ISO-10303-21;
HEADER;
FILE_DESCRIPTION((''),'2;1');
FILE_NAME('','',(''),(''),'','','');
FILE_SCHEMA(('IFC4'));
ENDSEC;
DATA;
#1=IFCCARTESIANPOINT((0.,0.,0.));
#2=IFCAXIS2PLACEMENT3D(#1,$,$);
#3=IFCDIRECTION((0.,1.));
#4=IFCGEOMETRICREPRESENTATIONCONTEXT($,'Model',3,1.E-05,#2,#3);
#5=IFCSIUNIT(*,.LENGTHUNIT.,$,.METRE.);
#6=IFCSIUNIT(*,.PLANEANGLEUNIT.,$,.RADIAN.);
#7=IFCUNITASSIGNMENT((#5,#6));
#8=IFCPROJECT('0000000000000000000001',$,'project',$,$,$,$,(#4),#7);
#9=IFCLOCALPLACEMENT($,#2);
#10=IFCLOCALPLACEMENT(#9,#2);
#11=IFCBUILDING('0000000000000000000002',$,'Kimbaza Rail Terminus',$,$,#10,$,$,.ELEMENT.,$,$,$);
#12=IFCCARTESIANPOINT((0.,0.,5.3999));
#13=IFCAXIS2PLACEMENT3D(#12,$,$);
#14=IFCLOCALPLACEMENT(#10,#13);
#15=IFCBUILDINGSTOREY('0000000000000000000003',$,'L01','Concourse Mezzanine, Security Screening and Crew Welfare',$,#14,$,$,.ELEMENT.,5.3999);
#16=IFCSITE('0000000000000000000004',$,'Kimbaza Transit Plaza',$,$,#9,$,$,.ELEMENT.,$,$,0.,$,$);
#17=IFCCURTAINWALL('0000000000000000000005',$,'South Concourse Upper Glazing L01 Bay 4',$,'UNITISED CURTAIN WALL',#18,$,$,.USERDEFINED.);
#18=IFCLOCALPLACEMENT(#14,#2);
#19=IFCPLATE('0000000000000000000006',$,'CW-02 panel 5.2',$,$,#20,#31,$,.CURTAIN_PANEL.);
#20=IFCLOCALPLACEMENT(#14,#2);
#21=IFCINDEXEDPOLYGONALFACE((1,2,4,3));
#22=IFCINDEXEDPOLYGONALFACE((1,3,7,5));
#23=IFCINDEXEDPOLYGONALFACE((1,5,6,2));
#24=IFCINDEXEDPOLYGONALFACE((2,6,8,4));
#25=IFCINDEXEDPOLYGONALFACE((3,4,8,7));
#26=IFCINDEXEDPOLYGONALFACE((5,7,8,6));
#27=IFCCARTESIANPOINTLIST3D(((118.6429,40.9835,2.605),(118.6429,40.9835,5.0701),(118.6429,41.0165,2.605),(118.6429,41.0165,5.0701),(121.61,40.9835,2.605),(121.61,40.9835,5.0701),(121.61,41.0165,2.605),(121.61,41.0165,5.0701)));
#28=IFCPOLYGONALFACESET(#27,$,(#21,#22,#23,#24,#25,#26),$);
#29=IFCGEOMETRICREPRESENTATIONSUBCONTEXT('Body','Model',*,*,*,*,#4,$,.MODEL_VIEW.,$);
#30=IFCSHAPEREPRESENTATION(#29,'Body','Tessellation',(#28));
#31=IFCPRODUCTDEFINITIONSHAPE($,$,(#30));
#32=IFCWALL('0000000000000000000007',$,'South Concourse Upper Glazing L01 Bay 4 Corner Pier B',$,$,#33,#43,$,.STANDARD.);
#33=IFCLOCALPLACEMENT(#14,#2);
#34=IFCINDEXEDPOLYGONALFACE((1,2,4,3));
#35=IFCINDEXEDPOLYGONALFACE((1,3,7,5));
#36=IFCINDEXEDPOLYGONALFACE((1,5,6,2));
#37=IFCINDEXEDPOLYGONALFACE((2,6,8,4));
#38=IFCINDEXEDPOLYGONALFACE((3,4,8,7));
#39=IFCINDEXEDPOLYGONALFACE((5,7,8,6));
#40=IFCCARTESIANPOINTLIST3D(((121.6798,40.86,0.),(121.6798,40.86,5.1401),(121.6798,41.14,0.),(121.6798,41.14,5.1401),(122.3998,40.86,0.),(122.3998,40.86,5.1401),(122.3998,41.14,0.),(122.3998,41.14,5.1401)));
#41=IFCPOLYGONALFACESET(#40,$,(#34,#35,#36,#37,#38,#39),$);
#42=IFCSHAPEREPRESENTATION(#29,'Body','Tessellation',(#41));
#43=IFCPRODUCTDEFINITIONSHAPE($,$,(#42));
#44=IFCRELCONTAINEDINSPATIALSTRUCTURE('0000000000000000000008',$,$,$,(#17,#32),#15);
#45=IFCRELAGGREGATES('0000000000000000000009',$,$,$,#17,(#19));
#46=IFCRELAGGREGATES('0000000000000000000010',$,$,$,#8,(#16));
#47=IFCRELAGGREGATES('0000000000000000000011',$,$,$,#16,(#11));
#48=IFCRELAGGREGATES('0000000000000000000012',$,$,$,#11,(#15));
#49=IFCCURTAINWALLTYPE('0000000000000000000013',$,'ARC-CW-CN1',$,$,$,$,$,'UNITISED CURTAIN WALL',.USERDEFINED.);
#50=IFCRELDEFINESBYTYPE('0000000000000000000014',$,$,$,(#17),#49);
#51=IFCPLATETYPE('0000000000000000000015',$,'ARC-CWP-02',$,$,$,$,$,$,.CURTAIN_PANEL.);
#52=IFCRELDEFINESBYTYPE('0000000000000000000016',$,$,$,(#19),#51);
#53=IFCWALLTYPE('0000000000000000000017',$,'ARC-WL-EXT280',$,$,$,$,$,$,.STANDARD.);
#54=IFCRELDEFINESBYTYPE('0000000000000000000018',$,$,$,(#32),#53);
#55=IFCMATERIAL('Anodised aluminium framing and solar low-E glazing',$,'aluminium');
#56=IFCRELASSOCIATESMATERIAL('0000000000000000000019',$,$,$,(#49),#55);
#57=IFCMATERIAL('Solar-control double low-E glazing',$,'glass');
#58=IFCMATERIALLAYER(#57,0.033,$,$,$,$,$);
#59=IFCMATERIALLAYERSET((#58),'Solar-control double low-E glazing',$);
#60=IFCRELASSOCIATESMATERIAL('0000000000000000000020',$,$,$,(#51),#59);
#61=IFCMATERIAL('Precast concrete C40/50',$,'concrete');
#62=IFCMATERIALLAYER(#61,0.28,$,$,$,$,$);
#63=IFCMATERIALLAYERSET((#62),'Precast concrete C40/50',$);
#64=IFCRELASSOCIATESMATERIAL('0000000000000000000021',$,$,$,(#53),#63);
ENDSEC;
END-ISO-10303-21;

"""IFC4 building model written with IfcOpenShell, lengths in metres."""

from ifc_helpers import new_model, si_unit, direction, frame, frame_2d, origin, origin_2d, place, context, subcontext, project, spatial, rectangle, extrude, material, layer, layer_set, type_object, element, aggregate, save


model = new_model("IFC4")

# Units and contexts
model_context = context("Model", 3, precision=1e-05, world=origin(), true_north=direction((0.0, 1.0)))
body_context = subcontext(model_context, "Body", "Model", "MODEL_VIEW")
ifc_project = project(units=[si_unit("LENGTHUNIT", "METRE"), si_unit("PLANEANGLEUNIT", "RADIAN")], contexts=[model_context])

# Site, building, storey
site_placement = place(None, origin())
site = spatial("IfcSite", under=ifc_project, at=site_placement, Name="Kimbaza Transit Plaza", CompositionType="ELEMENT", RefElevation=0.0)
building_placement = place(site_placement, origin())
building = spatial("IfcBuilding", under=site, at=building_placement, Name="Kimbaza Rail Terminus", CompositionType="ELEMENT")
storey_placement = place(building_placement, frame((0.0, 0.0, 5.3999)))
storey = spatial("IfcBuildingStorey", under=building, at=storey_placement, Name="L01", Description="Concourse Mezzanine, Security Screening and Crew Welfare", CompositionType="ELEMENT", Elevation=5.3999)

# Curtain wall
ifc_material_1 = material(Name="Anodised aluminium framing and solar low-E glazing", Category="aluminium")
curtain_wall_type = type_object("IfcCurtainWallType", Name="ARC-CW-CN1", ElementType="UNITISED CURTAIN WALL", PredefinedType="USERDEFINED", material=ifc_material_1)
curtain_wall_placement = place(storey_placement, origin())
curtain_wall = element("IfcCurtainWall", 1, at=curtain_wall_placement, inside=storey, type_object=curtain_wall_type, Name="South Concourse Upper Glazing L01 Bay 4", ObjectType="UNITISED CURTAIN WALL", PredefinedType="USERDEFINED")

# Plate
ifc_material_2 = material(Name="Solar-control double low-E glazing", Category="glass")
ifc_layer_1 = layer(ifc_material_2, 0.033)
ifc_layer_set_1 = layer_set([ifc_layer_1], Name="Solar-control double low-E glazing")
plate_type = type_object("IfcPlateType", Name="ARC-CWP-02", PredefinedType="CURTAIN_PANEL", material=ifc_layer_set_1)
plate_1_placement = place(storey_placement, frame((120.1265, 41.0, 2.605), z_axis=(0.0, 0.0, 1.0), x_axis=(1.0, 0.0, 0.0)))
plate_1 = element("IfcPlate", 2, at=plate_1_placement, type_object=plate_type, Name="CW-02 panel 5.2", PredefinedType="CURTAIN_PANEL", context=body_context, shape_type="SweptSolid", body=[
    extrude(rectangle(XDim=2.967, YDim=0.033, at=origin_2d()), origin(), (0.0, 0.0, 1.0), 2.4651),
])
aggregate(curtain_wall, [plate_1])

# Wall
ifc_material_3 = material(Name="Precast concrete C40/50", Category="concrete")
ifc_layer_2 = layer(ifc_material_3, 0.28)
ifc_layer_set_2 = layer_set([ifc_layer_2], Name="Precast concrete C40/50")
wall_type = type_object("IfcWallType", Name="ARC-WL-EXT280", PredefinedType="STANDARD", material=ifc_layer_set_2)
wall_placement = place(storey_placement, frame((121.6799, 41.0, 0.0), z_axis=(0.0, 0.0, 1.0), x_axis=(1.0, 0.0, 0.0)))
element("IfcWall", 3, at=wall_placement, inside=storey, type_object=wall_type, Name="South Concourse Upper Glazing L01 Bay 4 Corner Pier B", PredefinedType="STANDARD", context=body_context, shape_type="SweptSolid", body=[
    extrude(rectangle(XDim=0.72, YDim=0.28, at=frame_2d((0.3599, 0.0))), origin(), (0.0, 0.0, 1.0), 5.1401),
])

save(model, "model.ifc")
